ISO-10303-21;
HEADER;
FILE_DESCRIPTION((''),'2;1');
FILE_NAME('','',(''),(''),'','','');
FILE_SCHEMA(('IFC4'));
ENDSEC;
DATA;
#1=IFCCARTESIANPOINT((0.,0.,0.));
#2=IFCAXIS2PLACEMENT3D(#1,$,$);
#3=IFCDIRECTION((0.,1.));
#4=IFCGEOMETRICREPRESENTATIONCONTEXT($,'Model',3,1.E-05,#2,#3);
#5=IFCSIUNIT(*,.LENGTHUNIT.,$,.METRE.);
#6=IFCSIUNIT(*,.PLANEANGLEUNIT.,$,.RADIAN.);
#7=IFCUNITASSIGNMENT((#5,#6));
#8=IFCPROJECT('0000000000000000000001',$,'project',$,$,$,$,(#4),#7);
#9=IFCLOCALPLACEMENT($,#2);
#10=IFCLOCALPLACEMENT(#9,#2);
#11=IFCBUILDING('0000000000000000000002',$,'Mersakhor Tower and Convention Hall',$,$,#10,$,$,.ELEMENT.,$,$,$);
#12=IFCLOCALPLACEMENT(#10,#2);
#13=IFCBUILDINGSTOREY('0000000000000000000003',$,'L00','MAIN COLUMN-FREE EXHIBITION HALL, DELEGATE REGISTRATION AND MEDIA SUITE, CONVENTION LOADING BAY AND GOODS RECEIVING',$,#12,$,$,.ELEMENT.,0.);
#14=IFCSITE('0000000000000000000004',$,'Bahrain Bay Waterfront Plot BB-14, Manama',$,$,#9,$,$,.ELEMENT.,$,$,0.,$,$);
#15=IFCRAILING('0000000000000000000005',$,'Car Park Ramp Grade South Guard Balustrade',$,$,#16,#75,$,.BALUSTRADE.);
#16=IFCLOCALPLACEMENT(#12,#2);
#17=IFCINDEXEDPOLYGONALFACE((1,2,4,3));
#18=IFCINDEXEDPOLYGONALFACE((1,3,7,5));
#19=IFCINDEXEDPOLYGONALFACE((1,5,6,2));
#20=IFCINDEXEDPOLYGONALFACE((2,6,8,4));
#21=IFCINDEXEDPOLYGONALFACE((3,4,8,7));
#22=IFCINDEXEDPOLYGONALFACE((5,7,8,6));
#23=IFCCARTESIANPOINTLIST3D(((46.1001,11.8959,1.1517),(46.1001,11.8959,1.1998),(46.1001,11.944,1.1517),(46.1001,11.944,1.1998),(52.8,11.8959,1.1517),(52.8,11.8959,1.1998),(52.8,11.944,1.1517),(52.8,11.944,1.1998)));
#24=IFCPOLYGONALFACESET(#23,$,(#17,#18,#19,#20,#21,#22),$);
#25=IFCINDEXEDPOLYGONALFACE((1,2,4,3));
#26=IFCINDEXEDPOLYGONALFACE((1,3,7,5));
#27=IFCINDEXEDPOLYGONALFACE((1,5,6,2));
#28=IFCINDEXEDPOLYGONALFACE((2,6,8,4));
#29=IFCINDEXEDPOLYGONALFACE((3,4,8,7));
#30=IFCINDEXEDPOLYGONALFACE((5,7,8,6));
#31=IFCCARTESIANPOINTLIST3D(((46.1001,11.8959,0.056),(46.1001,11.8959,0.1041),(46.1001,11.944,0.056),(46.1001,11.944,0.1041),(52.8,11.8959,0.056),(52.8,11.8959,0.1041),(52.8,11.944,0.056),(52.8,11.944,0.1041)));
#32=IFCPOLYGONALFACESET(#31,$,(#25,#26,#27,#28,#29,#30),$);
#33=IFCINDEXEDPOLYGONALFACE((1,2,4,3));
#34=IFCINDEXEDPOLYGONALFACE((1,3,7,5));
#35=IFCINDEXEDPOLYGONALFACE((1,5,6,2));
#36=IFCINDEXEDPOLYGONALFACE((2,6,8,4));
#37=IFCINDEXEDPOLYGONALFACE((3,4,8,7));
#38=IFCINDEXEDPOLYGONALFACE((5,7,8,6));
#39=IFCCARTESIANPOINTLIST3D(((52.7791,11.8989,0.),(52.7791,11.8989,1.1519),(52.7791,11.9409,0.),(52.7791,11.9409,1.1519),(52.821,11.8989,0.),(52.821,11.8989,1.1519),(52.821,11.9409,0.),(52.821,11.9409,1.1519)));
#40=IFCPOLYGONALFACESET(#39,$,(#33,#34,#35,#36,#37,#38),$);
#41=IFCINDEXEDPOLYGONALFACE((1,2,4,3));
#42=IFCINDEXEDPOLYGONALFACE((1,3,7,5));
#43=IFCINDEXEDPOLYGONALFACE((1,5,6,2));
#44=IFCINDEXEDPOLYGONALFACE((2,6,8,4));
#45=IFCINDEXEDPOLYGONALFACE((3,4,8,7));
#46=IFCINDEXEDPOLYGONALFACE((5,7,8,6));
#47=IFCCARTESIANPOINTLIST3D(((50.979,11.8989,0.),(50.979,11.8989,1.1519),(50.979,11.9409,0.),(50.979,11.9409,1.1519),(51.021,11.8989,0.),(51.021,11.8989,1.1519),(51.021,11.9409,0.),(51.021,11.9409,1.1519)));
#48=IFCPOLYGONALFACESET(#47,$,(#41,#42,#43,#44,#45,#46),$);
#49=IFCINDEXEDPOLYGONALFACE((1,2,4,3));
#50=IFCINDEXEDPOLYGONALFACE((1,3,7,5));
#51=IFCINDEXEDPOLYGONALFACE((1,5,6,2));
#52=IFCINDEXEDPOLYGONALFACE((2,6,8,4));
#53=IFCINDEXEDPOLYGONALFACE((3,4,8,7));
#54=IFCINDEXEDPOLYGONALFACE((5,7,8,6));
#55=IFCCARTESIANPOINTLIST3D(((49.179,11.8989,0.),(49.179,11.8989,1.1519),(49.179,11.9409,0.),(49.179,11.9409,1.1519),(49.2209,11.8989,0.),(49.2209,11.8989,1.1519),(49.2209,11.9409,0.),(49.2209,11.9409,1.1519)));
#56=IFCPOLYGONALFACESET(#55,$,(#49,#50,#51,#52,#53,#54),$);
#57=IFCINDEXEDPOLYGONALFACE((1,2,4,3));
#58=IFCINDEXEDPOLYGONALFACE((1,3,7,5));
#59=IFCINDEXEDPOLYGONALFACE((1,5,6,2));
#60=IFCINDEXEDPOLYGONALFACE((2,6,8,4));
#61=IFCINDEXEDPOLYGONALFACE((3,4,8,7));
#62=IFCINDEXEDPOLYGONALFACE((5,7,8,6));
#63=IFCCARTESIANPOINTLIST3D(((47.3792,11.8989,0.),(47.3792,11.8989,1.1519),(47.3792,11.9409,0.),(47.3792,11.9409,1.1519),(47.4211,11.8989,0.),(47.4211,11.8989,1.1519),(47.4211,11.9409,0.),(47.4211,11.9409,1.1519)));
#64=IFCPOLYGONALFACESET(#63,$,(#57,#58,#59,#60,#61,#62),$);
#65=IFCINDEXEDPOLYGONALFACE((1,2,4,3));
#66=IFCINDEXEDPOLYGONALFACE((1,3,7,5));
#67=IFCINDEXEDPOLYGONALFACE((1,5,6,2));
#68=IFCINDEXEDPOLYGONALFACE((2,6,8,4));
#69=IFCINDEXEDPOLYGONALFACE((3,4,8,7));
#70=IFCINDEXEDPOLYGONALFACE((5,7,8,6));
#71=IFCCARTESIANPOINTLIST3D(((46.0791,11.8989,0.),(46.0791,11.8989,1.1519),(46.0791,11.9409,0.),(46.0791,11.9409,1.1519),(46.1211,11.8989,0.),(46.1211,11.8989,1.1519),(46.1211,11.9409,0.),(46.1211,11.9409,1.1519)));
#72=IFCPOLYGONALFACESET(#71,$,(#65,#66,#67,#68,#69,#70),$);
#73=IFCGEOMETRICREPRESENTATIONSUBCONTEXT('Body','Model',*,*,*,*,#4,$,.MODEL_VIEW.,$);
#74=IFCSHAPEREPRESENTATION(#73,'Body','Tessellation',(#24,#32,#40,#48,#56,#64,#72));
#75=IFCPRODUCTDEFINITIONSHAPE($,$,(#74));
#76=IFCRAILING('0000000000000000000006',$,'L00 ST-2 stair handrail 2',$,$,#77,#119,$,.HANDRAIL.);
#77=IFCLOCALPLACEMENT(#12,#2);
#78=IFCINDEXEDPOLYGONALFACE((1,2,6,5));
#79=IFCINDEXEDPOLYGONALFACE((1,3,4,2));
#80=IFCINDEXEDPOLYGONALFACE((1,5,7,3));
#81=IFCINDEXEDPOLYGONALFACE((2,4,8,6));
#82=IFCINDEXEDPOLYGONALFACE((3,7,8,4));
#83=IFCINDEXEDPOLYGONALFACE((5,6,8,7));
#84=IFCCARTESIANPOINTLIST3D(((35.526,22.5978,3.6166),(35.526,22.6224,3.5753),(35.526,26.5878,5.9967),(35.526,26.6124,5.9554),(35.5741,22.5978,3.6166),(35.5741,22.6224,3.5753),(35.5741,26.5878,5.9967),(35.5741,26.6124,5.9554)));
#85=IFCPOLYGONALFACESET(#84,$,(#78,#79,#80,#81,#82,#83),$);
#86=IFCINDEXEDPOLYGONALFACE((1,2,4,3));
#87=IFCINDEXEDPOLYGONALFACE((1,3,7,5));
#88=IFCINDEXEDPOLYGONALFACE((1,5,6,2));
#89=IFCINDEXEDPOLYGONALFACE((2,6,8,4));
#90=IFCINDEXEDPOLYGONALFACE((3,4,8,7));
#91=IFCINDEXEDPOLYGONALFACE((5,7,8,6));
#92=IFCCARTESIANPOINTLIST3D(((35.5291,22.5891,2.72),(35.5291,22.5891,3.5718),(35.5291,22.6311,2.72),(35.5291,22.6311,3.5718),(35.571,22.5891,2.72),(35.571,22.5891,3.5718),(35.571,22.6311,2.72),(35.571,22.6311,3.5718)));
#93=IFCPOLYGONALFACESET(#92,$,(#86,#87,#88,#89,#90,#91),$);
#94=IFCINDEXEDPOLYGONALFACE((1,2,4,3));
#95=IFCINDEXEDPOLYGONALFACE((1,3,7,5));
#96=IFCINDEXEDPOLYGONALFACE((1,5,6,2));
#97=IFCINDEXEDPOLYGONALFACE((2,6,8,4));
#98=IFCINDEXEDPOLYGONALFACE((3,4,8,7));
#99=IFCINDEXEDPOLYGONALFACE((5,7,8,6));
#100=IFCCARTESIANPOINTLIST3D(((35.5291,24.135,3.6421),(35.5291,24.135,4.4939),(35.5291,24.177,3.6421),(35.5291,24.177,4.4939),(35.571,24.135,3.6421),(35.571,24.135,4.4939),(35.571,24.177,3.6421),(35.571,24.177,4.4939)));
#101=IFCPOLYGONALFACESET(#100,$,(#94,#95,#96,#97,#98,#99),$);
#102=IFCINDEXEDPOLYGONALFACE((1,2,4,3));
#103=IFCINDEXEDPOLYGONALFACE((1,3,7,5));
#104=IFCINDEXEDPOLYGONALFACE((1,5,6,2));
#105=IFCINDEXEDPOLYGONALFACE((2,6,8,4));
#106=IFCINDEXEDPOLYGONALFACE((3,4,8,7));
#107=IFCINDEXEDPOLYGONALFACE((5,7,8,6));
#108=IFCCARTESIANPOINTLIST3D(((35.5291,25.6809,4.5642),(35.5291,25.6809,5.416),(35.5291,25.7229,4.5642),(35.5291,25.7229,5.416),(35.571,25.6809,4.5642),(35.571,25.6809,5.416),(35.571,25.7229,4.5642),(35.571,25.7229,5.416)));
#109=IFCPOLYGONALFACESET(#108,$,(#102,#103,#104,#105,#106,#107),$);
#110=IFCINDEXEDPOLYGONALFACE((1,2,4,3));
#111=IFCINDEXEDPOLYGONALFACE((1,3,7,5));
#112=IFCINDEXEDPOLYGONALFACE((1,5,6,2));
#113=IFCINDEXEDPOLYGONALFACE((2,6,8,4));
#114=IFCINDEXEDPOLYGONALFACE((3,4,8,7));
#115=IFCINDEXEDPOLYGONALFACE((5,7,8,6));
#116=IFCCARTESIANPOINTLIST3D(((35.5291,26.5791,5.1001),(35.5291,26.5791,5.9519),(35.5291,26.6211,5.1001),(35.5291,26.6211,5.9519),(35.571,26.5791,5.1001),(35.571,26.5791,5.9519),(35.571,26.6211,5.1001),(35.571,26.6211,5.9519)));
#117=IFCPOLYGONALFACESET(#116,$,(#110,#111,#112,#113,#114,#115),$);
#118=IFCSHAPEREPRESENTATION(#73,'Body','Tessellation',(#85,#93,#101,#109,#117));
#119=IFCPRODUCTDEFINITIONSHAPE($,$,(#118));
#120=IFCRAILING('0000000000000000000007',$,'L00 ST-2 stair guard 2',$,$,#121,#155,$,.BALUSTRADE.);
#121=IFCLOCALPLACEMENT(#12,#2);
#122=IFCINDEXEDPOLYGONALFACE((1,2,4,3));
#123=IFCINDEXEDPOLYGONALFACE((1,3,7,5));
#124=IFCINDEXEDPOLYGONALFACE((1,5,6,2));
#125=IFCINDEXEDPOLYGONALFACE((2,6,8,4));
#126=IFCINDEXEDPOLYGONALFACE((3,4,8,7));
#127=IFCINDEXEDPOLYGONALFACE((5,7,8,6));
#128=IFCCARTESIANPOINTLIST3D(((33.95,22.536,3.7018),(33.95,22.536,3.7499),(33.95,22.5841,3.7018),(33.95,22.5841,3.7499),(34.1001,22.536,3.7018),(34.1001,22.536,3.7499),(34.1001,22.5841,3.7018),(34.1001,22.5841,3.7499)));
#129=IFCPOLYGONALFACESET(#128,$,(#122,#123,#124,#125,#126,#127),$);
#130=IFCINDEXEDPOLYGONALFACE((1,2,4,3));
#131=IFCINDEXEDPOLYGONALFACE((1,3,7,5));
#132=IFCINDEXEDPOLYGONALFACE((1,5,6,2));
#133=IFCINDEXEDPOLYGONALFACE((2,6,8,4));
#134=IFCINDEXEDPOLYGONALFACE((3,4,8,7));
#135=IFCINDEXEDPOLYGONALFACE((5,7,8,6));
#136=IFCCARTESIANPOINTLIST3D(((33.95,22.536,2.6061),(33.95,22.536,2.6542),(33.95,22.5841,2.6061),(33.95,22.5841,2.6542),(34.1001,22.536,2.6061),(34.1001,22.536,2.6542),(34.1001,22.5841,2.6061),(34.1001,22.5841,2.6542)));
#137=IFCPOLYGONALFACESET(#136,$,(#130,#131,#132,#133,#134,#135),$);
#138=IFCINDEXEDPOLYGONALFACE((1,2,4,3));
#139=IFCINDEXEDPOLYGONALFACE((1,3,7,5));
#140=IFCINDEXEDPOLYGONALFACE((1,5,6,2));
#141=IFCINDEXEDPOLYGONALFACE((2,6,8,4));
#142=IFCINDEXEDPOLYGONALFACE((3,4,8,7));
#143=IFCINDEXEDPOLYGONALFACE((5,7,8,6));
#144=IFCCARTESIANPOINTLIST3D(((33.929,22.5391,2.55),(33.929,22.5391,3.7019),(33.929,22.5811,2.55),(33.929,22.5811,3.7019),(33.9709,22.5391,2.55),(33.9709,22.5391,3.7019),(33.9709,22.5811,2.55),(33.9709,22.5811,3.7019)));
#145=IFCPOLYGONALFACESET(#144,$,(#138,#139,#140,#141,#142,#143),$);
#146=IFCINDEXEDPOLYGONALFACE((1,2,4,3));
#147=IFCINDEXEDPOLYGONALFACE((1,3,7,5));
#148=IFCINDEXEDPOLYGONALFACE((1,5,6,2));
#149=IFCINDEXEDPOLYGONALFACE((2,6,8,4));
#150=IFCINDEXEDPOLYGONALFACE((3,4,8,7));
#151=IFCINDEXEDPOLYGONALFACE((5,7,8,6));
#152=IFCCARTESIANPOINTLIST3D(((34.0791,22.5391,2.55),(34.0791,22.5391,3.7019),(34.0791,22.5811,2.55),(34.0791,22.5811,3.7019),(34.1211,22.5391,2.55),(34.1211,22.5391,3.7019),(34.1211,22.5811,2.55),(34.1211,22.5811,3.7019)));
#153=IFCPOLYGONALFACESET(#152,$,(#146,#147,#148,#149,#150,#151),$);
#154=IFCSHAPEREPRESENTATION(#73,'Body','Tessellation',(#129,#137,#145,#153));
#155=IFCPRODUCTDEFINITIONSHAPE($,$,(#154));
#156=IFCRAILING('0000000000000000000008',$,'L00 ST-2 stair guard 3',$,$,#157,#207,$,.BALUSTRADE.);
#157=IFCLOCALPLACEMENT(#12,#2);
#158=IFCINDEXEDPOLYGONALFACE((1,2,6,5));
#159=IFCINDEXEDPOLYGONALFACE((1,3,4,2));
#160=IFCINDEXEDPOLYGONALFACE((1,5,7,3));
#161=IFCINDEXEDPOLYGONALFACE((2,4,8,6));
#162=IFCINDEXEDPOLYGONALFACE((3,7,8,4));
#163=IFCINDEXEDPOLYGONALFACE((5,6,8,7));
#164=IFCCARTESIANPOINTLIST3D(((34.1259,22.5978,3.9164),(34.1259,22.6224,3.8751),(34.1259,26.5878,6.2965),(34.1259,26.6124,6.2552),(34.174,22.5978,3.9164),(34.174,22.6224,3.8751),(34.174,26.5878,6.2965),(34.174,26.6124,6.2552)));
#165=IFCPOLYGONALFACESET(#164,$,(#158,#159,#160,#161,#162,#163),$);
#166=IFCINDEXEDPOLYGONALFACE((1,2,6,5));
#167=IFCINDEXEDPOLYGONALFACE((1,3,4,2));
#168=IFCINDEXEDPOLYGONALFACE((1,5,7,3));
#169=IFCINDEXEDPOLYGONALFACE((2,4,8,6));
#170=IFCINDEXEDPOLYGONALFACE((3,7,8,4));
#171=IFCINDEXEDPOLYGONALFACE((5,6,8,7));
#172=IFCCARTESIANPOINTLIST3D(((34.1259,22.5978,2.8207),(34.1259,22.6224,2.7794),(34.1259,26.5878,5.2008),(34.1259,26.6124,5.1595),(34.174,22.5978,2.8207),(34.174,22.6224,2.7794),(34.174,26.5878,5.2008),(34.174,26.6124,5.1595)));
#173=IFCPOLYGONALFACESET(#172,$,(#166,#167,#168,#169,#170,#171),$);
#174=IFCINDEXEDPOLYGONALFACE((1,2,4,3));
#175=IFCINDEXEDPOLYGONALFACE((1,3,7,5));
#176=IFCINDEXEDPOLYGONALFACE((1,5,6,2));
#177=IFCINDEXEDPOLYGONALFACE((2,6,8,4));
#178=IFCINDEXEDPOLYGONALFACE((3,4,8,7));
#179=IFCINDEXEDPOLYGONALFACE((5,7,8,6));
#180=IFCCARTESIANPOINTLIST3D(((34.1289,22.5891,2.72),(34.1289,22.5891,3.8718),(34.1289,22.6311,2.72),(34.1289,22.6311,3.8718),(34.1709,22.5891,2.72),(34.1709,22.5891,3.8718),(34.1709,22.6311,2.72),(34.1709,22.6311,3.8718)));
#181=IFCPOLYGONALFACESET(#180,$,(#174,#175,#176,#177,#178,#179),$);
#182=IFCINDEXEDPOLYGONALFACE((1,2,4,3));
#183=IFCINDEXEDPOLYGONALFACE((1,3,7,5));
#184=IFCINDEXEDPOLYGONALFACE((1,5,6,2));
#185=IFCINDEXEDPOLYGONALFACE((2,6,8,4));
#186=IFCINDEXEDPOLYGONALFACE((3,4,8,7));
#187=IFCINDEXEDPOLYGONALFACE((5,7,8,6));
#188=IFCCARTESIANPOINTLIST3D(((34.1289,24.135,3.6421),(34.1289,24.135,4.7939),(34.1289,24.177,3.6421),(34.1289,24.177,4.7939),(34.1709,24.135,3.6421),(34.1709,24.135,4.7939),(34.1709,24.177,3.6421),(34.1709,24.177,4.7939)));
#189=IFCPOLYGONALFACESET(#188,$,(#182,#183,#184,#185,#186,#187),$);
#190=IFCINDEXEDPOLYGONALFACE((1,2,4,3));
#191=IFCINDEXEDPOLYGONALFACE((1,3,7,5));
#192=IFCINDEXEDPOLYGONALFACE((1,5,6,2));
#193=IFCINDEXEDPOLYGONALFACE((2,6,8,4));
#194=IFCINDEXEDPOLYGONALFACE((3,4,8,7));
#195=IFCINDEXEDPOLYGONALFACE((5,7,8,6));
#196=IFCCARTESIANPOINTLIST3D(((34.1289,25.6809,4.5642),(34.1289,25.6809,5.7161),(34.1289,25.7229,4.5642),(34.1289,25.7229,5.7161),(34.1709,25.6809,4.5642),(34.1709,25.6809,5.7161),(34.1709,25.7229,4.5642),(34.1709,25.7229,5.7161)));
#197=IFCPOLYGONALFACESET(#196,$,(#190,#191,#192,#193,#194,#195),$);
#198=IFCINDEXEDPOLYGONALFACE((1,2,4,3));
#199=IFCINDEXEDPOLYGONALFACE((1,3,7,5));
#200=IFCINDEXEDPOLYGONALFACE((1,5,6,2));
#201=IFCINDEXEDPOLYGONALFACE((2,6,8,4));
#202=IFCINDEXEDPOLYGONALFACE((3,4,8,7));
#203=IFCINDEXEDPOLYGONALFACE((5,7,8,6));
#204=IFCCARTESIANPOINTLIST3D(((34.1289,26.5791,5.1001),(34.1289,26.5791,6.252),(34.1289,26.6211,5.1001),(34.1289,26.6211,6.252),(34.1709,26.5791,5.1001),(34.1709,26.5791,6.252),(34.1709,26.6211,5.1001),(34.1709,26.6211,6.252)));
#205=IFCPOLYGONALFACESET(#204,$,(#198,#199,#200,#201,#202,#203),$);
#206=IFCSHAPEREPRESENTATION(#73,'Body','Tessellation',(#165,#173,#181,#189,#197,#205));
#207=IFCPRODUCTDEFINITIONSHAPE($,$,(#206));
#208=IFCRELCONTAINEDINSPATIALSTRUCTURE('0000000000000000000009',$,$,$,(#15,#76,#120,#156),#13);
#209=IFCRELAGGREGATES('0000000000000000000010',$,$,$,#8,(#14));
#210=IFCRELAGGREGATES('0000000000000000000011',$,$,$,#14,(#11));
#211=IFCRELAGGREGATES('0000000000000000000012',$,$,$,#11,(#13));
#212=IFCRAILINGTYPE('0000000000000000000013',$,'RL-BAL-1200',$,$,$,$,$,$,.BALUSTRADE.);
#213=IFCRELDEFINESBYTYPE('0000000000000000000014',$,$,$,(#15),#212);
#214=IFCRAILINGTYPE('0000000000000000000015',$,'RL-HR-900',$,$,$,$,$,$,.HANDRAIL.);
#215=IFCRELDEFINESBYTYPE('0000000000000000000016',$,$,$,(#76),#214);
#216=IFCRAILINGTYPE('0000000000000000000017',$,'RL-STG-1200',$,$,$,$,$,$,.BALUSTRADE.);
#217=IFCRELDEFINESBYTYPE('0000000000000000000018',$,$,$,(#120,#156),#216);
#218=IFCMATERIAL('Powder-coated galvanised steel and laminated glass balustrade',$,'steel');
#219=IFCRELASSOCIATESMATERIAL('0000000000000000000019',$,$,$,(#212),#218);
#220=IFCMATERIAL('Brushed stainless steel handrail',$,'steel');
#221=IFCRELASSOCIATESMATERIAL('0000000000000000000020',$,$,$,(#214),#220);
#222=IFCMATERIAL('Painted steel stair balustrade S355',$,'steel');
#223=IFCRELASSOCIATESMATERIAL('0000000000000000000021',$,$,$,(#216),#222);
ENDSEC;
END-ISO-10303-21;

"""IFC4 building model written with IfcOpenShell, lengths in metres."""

from ifc_helpers import new_model, si_unit, direction, frame, origin, origin_2d, place, context, subcontext, project, spatial, rectangle, extrude, material, type_object, element, save


model = new_model("IFC4")

# Units and contexts
model_context = context("Model", 3, precision=1e-05, world=origin(), true_north=direction((0.0, 1.0)))
body_context = subcontext(model_context, "Body", "Model", "MODEL_VIEW")
ifc_project = project(units=[si_unit("LENGTHUNIT", "METRE"), si_unit("PLANEANGLEUNIT", "RADIAN")], contexts=[model_context])

# Site, building, storey
site_placement = place(None, origin())
site = spatial("IfcSite", under=ifc_project, at=site_placement, Name="Bahrain Bay Waterfront Plot BB-14, Manama", CompositionType="ELEMENT", RefElevation=0.0)
building_placement = place(site_placement, origin())
building = spatial("IfcBuilding", under=site, at=building_placement, Name="Mersakhor Tower and Convention Hall", CompositionType="ELEMENT")
storey_placement = place(building_placement, origin())
storey = spatial("IfcBuildingStorey", under=building, at=storey_placement, Name="L00", Description="MAIN COLUMN-FREE EXHIBITION HALL, DELEGATE REGISTRATION AND MEDIA SUITE, CONVENTION LOADING BAY AND GOODS RECEIVING", CompositionType="ELEMENT", Elevation=0.0)

# Railings
ifc_material_1 = material(Name="Powder-coated galvanised steel and laminated glass balustrade", Category="steel")
railing_type_1 = type_object("IfcRailingType", Name="RL-BAL-1200", PredefinedType="BALUSTRADE", material=ifc_material_1)
railing_1_placement = place(storey_placement, frame((52.8, 11.9199, 0.0)))
element("IfcRailing", 1, at=railing_1_placement, inside=storey, type_object=railing_type_1, Name="Car Park Ramp Grade South Guard Balustrade", PredefinedType="BALUSTRADE", context=body_context, shape_type="SweptSolid", body=[
    extrude(rectangle(XDim=0.0481, YDim=0.0481, at=origin_2d()), frame((0.0, 0.0, 1.1758), z_axis=(-1.0, 0.0, 0.0), x_axis=(0.0, -1.0, 0.0)), (0.0, 0.0, 1.0), 6.7),
    extrude(rectangle(XDim=0.0481, YDim=0.0481, at=origin_2d()), frame((0.0, 0.0, 0.0801), z_axis=(-1.0, 0.0, 0.0), x_axis=(0.0, -1.0, 0.0)), (0.0, 0.0, 1.0), 6.7),
    extrude(rectangle(XDim=0.042, YDim=0.042, at=origin_2d()), origin(), (0.0, 0.0, 1.0), 1.1519),
    extrude(rectangle(XDim=0.042, YDim=0.042, at=origin_2d()), frame((-1.8, 0.0, 0.0)), (0.0, 0.0, 1.0), 1.1519),
    extrude(rectangle(XDim=0.042, YDim=0.042, at=origin_2d()), frame((-3.6001, 0.0, 0.0)), (0.0, 0.0, 1.0), 1.1519),
    extrude(rectangle(XDim=0.042, YDim=0.042, at=origin_2d()), frame((-5.3999, 0.0, 0.0)), (0.0, 0.0, 1.0), 1.1519),
    extrude(rectangle(XDim=0.042, YDim=0.042, at=origin_2d()), frame((-6.7, 0.0, 0.0)), (0.0, 0.0, 1.0), 1.1519),
])
ifc_material_2 = material(Name="Brushed stainless steel handrail", Category="steel")
railing_type_2 = type_object("IfcRailingType", Name="RL-HR-900", PredefinedType="HANDRAIL", material=ifc_material_2)
railing_2_placement = place(storey_placement, frame((35.55, 22.6101, 2.72)))
element("IfcRailing", 2, at=railing_2_placement, inside=storey, type_object=railing_type_2, Name="L00 ST-2 stair handrail 2", PredefinedType="HANDRAIL", context=body_context, shape_type="SweptSolid", body=[
    extrude(rectangle(XDim=0.0481, YDim=0.0481, at=origin_2d()), frame((0.0, 0.0, 0.876), z_axis=(0.0, 0.858807, 0.512299), x_axis=(-1.0, 0.0, 0.0)), (0.0, 0.0, 1.0), 4.646),
    extrude(rectangle(XDim=0.042, YDim=0.042, at=origin_2d()), origin(), (0.0, 0.0, 1.0), 0.8518),
    extrude(rectangle(XDim=0.042, YDim=0.042, at=origin_2d()), frame((0.0, 1.5459, 0.9221)), (0.0, 0.0, 1.0), 0.8518),
    extrude(rectangle(XDim=0.042, YDim=0.042, at=origin_2d()), frame((0.0, 3.0918, 1.8442)), (0.0, 0.0, 1.0), 0.8518),
    extrude(rectangle(XDim=0.042, YDim=0.042, at=origin_2d()), frame((0.0, 3.99, 2.3801)), (0.0, 0.0, 1.0), 0.8518),
])
ifc_material_3 = material(Name="Painted steel stair balustrade S355", Category="steel")
railing_type_3 = type_object("IfcRailingType", Name="RL-STG-1200", PredefinedType="BALUSTRADE", material=ifc_material_3)
railing_3_placement = place(storey_placement, frame((33.95, 22.5601, 2.55)))
element("IfcRailing", 3, at=railing_3_placement, inside=storey, type_object=railing_type_3, Name="L00 ST-2 stair guard 2", PredefinedType="BALUSTRADE", context=body_context, shape_type="SweptSolid", body=[
    extrude(rectangle(XDim=0.0481, YDim=0.0481, at=origin_2d()), frame((0.0, 0.0, 1.1758), z_axis=(1.0, 0.0, 0.0), x_axis=(0.0, 1.0, 0.0)), (0.0, 0.0, 1.0), 0.1501),
    extrude(rectangle(XDim=0.0481, YDim=0.0481, at=origin_2d()), frame((0.0, 0.0, 0.0801), z_axis=(1.0, 0.0, 0.0), x_axis=(0.0, 1.0, 0.0)), (0.0, 0.0, 1.0), 0.1501),
    extrude(rectangle(XDim=0.042, YDim=0.042, at=origin_2d()), origin(), (0.0, 0.0, 1.0), 1.1519),
    extrude(rectangle(XDim=0.042, YDim=0.042, at=origin_2d()), frame((0.1501, 0.0, 0.0)), (0.0, 0.0, 1.0), 1.1519),
])
railing_4_placement = place(storey_placement, frame((34.1499, 22.6101, 2.72)))
element("IfcRailing", 4, at=railing_4_placement, inside=storey, type_object=railing_type_3, Name="L00 ST-2 stair guard 3", PredefinedType="BALUSTRADE", context=body_context, shape_type="SweptSolid", body=[
    extrude(rectangle(XDim=0.0481, YDim=0.0481, at=origin_2d()), frame((0.0, 0.0, 1.1758), z_axis=(0.0, 0.858807, 0.512299), x_axis=(-1.0, 0.0, 0.0)), (0.0, 0.0, 1.0), 4.646),
    extrude(rectangle(XDim=0.0481, YDim=0.0481, at=origin_2d()), frame((0.0, 0.0, 0.0801), z_axis=(0.0, 0.858807, 0.512299), x_axis=(-1.0, 0.0, 0.0)), (0.0, 0.0, 1.0), 4.646),
    extrude(rectangle(XDim=0.042, YDim=0.042, at=origin_2d()), origin(), (0.0, 0.0, 1.0), 1.1519),
    extrude(rectangle(XDim=0.042, YDim=0.042, at=origin_2d()), frame((0.0, 1.5459, 0.9221)), (0.0, 0.0, 1.0), 1.1519),
    extrude(rectangle(XDim=0.042, YDim=0.042, at=origin_2d()), frame((0.0, 3.0918, 1.8442)), (0.0, 0.0, 1.0), 1.1519),
    extrude(rectangle(XDim=0.042, YDim=0.042, at=origin_2d()), frame((0.0, 3.99, 2.3801)), (0.0, 0.0, 1.0), 1.1519),
])

save(model, "model.ifc")
